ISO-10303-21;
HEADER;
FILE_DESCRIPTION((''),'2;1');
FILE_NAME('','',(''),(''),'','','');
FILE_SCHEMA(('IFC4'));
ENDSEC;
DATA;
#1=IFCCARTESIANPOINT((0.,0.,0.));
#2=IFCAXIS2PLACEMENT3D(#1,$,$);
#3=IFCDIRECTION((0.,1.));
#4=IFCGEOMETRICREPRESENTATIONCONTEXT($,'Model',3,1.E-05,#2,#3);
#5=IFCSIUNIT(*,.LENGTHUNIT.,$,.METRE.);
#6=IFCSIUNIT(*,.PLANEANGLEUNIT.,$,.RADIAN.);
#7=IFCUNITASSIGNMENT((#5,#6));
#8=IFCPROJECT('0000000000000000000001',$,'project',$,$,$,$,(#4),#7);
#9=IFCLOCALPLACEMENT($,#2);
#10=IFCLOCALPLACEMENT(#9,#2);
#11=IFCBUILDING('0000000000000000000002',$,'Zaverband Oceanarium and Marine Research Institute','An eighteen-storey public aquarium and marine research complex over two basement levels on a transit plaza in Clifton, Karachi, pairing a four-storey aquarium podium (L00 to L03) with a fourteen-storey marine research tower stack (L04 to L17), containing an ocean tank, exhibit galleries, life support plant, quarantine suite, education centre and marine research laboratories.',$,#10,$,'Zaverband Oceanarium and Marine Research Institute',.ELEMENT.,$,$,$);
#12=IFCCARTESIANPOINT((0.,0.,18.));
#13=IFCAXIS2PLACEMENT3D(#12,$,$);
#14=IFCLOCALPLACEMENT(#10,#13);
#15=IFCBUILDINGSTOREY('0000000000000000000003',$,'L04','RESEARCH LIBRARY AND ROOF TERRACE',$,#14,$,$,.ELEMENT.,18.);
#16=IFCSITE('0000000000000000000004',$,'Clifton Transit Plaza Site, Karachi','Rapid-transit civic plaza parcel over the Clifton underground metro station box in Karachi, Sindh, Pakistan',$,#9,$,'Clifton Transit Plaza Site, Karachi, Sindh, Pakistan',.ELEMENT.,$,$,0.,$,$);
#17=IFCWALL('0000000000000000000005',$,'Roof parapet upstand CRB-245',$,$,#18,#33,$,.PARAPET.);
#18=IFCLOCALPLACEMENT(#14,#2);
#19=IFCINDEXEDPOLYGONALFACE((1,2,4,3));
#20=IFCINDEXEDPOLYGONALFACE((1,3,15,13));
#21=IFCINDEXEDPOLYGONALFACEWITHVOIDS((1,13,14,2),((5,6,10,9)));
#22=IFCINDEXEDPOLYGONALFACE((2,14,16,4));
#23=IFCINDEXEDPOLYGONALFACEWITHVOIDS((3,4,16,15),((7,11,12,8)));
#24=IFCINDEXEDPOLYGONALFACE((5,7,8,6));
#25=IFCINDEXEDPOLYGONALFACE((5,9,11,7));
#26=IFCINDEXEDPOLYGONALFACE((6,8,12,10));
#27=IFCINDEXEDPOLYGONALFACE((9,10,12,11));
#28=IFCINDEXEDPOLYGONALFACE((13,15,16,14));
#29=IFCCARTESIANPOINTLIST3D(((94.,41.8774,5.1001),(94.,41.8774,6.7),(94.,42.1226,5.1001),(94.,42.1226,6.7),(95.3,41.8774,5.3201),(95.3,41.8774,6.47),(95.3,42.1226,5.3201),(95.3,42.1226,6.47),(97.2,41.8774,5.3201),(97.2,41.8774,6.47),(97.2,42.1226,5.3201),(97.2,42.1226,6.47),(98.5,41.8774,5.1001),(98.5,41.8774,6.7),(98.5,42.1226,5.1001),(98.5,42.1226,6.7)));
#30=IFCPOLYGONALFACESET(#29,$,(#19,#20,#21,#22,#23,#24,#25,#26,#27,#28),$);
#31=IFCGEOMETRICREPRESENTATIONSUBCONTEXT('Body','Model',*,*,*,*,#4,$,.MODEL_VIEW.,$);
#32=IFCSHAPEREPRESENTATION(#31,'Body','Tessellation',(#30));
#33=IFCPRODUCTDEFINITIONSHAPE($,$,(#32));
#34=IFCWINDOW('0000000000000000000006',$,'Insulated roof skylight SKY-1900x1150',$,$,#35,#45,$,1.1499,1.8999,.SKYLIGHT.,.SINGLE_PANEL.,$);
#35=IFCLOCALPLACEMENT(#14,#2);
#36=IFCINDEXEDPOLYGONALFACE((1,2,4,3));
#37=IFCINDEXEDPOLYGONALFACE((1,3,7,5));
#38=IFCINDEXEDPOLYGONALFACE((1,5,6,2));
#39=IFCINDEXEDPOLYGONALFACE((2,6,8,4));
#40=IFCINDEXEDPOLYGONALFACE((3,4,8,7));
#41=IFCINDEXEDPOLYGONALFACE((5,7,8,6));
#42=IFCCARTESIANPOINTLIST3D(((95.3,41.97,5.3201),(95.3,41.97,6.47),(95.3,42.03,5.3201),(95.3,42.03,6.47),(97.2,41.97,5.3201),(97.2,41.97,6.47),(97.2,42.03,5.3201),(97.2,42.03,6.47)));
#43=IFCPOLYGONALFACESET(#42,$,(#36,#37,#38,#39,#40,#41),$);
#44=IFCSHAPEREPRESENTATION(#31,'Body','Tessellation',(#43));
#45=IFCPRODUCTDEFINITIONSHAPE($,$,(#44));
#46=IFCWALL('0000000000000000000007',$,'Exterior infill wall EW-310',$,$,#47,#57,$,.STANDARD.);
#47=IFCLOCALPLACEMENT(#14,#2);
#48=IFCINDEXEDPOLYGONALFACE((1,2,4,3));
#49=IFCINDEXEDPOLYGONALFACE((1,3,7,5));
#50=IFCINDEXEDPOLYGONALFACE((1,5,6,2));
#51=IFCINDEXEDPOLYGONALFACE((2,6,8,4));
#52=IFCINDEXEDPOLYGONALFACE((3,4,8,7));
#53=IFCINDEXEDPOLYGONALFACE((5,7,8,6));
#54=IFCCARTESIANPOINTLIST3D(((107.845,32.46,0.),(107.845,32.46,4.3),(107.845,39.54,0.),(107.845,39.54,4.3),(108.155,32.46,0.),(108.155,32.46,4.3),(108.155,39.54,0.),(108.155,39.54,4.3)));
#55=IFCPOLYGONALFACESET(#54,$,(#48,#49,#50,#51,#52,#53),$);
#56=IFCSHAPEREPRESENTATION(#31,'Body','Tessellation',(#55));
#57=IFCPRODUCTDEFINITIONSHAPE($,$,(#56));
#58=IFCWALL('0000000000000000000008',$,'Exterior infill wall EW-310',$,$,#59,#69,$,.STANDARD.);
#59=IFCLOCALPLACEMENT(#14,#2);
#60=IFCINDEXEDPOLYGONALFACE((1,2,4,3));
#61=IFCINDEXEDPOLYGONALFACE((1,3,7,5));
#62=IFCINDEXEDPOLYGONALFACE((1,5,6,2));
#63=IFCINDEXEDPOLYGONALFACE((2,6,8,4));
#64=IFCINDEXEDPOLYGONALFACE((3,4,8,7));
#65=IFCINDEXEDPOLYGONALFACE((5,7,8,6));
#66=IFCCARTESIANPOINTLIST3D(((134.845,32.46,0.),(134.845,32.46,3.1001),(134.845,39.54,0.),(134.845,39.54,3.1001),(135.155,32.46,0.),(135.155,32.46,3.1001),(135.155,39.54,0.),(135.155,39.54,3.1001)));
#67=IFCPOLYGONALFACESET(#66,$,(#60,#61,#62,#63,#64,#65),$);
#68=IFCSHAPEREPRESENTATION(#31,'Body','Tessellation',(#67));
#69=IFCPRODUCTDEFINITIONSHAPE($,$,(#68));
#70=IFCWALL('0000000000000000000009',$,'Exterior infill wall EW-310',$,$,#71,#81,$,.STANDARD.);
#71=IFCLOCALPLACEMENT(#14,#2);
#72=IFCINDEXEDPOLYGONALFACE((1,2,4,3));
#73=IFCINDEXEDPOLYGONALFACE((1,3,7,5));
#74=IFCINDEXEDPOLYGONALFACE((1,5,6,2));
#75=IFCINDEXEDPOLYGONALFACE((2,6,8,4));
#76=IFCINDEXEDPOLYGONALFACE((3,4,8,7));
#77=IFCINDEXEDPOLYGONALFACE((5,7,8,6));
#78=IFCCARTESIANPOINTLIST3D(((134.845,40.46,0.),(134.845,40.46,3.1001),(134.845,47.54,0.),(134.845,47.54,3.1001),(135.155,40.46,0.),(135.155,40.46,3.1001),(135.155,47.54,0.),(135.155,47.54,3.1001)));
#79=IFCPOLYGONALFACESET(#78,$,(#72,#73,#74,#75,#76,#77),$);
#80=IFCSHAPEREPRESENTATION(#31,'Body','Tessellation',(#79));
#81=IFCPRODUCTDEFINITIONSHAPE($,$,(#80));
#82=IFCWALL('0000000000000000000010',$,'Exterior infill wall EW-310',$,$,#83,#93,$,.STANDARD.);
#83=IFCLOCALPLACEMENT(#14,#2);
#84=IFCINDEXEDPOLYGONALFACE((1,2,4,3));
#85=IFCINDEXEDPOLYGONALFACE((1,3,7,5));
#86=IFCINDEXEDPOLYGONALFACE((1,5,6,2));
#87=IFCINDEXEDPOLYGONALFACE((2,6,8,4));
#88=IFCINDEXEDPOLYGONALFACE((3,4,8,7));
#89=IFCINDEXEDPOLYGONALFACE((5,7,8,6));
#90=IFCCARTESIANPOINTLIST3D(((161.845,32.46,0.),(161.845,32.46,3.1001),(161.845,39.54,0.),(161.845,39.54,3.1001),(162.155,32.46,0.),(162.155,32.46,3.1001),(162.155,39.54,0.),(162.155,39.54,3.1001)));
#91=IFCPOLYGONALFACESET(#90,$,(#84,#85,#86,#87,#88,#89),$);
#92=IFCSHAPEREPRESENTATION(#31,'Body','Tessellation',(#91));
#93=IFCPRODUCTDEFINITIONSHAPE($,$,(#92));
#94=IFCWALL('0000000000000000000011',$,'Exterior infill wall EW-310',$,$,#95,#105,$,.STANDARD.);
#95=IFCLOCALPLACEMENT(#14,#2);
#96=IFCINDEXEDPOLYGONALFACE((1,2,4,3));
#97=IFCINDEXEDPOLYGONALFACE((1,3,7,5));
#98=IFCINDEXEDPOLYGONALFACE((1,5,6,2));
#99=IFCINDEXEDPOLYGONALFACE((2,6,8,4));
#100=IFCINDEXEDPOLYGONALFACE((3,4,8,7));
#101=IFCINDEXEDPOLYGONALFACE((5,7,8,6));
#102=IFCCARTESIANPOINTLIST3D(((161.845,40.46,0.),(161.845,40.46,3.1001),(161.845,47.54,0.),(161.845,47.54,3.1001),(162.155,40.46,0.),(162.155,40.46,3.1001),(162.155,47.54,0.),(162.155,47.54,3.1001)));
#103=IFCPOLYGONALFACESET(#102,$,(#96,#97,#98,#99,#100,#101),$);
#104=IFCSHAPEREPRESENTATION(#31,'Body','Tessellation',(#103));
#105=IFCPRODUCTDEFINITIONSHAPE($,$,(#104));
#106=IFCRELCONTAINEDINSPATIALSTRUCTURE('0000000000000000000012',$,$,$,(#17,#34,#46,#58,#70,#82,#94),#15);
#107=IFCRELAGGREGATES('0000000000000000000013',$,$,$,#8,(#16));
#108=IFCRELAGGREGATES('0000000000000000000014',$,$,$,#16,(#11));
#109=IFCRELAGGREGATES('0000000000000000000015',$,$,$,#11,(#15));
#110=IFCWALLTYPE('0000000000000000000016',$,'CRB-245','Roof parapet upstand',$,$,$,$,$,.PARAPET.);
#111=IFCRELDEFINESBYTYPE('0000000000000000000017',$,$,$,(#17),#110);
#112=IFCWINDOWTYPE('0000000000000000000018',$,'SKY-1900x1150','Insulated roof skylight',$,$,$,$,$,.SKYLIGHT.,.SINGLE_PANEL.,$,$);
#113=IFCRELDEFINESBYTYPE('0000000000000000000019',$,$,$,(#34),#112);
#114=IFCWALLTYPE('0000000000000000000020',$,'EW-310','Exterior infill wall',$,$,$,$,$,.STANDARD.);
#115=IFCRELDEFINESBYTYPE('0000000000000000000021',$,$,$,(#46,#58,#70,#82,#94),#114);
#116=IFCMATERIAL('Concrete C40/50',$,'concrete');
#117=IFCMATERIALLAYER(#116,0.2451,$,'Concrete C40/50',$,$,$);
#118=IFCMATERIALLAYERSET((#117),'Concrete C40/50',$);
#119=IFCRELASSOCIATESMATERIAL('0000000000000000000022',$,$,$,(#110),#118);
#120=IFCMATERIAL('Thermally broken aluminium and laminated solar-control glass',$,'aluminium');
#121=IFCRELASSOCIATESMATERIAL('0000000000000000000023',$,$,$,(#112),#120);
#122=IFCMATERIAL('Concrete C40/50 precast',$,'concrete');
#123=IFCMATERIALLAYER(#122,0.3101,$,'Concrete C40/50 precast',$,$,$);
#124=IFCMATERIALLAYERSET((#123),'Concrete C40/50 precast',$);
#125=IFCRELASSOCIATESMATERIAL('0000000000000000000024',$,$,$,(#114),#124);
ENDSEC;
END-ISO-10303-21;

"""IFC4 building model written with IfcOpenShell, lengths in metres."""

from ifc_helpers import new_model, si_unit, direction, frame, frame_2d, origin, place, context, subcontext, project, spatial, rectangle, extrude, material, layer, layer_set, type_object, element, fill, save


model = new_model("IFC4")

# Units and contexts
model_context = context("Model", 3, precision=1e-05, world=origin(), true_north=direction((0.0, 1.0)))
body_context = subcontext(model_context, "Body", "Model", "MODEL_VIEW")
ifc_project = project(units=[si_unit("LENGTHUNIT", "METRE"), si_unit("PLANEANGLEUNIT", "RADIAN")], contexts=[model_context])

# Site, building, storey
site_placement = place(None, origin())
site = spatial("IfcSite", under=ifc_project, at=site_placement, Name="Clifton Transit Plaza Site, Karachi", Description="Rapid-transit civic plaza parcel over the Clifton underground metro station box in Karachi, Sindh, Pakistan", LongName="Clifton Transit Plaza Site, Karachi, Sindh, Pakistan", CompositionType="ELEMENT", RefElevation=0.0)
building_placement = place(site_placement, origin())
building = spatial("IfcBuilding", under=site, at=building_placement, Name="Zaverband Oceanarium and Marine Research Institute", Description="An eighteen-storey public aquarium and marine research complex over two basement levels on a transit plaza in Clifton, Karachi, pairing a four-storey aquarium podium (L00 to L03) with a fourteen-storey marine research tower stack (L04 to L17), containing an ocean tank, exhibit galleries, life support plant, quarantine suite, education centre and marine research laboratories.", LongName="Zaverband Oceanarium and Marine Research Institute", CompositionType="ELEMENT")
storey_placement = place(building_placement, frame((0.0, 0.0, 18.0)))
storey = spatial("IfcBuildingStorey", under=building, at=storey_placement, Name="L04", Description="RESEARCH LIBRARY AND ROOF TERRACE", CompositionType="ELEMENT", Elevation=18.0)

# Wall, opening, window
ifc_material_1 = material(Name="Concrete C40/50", Category="concrete")
ifc_layer_1 = layer(ifc_material_1, 0.2451, Name="Concrete C40/50")
ifc_layer_set_1 = layer_set([ifc_layer_1], Name="Concrete C40/50")
wall_type_1 = type_object("IfcWallType", Name="CRB-245", Description="Roof parapet upstand", PredefinedType="PARAPET", material=ifc_layer_set_1)
wall_1_placement = place(storey_placement, frame((94.0, 42.0, 5.1001), z_axis=(0.0, 0.0, 1.0), x_axis=(1.0, 0.0, 0.0)))
wall_1 = element("IfcWall", 1, at=wall_1_placement, inside=storey, type_object=wall_type_1, Name="Roof parapet upstand CRB-245", PredefinedType="PARAPET", context=body_context, shape_type="SweptSolid", body=[
    extrude(rectangle(XDim=4.5, YDim=0.2451, at=frame_2d((2.25, 0.0))), origin(), (0.0, 0.0, 1.0), 1.5999),
])
opening_placement = place(wall_1_placement, frame((1.3, 0.0, 0.22)))
opening = element("IfcOpeningElement", 2, at=opening_placement, cuts=wall_1, PredefinedType="OPENING", context=body_context, shape_type="SweptSolid", body=[
    extrude(rectangle(XDim=1.8999, YDim=1.1499, at=frame_2d((0.95, 0.575))), frame((0.0, 0.1345, 0.0), z_axis=(0.0, -1.0, 0.0), x_axis=(1.0, 0.0, 0.0)), (0.0, 0.0, 1.0), 0.269),
])
ifc_material_2 = material(Name="Thermally broken aluminium and laminated solar-control glass", Category="aluminium")
window_type = type_object("IfcWindowType", Name="SKY-1900x1150", Description="Insulated roof skylight", PartitioningType="SINGLE_PANEL", PredefinedType="SKYLIGHT", material=ifc_material_2)
window_placement = place(opening_placement, origin())
window = element("IfcWindow", 3, at=window_placement, inside=storey, type_object=window_type, Name="Insulated roof skylight SKY-1900x1150", OverallHeight=1.1499, OverallWidth=1.8999, PartitioningType="SINGLE_PANEL", PredefinedType="SKYLIGHT", context=body_context, shape_type="SweptSolid", body=[
    extrude(rectangle(XDim=1.8999, YDim=1.1499, at=frame_2d((0.95, 0.575))), frame((0.0, 0.03, 0.0), z_axis=(0.0, -1.0, 0.0), x_axis=(1.0, 0.0, 0.0)), (0.0, 0.0, 1.0), 0.0601),
])
fill(opening, window)

# Walls
ifc_material_3 = material(Name="Concrete C40/50 precast", Category="concrete")
ifc_layer_2 = layer(ifc_material_3, 0.3101, Name="Concrete C40/50 precast")
ifc_layer_set_2 = layer_set([ifc_layer_2], Name="Concrete C40/50 precast")
wall_type_2 = type_object("IfcWallType", Name="EW-310", Description="Exterior infill wall", PredefinedType="STANDARD", material=ifc_layer_set_2)
wall_2_placement = place(storey_placement, frame((108.0, 32.46, 0.0), z_axis=(0.0, 0.0, 1.0), x_axis=(0.0, 1.0, 0.0)))
element("IfcWall", 4, at=wall_2_placement, inside=storey, type_object=wall_type_2, Name="Exterior infill wall EW-310", PredefinedType="STANDARD", context=body_context, shape_type="SweptSolid", body=[
    extrude(rectangle(XDim=7.0801, YDim=0.3101, at=frame_2d((3.54, 0.0))), origin(), (0.0, 0.0, 1.0), 4.3),
])
for number, where, z_axis, x_axis, name in (
    (5, (135.0, 32.46, 0.0), (0.0, 0.0, 1.0), (0.0, 1.0, 0.0), "Exterior infill wall EW-310"),
    (6, (135.0, 40.46, 0.0), (0.0, 0.0, 1.0), (0.0, 1.0, 0.0), "Exterior infill wall EW-310"),
    (7, (162.0, 32.46, 0.0), (0.0, 0.0, 1.0), (0.0, 1.0, 0.0), "Exterior infill wall EW-310"),
    (8, (162.0, 40.46, 0.0), (0.0, 0.0, 1.0), (0.0, 1.0, 0.0), "Exterior infill wall EW-310"),
):
    element("IfcWall", number, at=place(storey_placement, frame(where, z_axis=z_axis, x_axis=x_axis)), inside=storey, type_object=wall_type_2, Name=name, PredefinedType="STANDARD", context=body_context, shape_type="SweptSolid", body=[
        extrude(rectangle(XDim=7.0801, YDim=0.3101, at=frame_2d((3.54, 0.0))), origin(), (0.0, 0.0, 1.0), 3.1001),
    ])

save(model, "model.ifc")
